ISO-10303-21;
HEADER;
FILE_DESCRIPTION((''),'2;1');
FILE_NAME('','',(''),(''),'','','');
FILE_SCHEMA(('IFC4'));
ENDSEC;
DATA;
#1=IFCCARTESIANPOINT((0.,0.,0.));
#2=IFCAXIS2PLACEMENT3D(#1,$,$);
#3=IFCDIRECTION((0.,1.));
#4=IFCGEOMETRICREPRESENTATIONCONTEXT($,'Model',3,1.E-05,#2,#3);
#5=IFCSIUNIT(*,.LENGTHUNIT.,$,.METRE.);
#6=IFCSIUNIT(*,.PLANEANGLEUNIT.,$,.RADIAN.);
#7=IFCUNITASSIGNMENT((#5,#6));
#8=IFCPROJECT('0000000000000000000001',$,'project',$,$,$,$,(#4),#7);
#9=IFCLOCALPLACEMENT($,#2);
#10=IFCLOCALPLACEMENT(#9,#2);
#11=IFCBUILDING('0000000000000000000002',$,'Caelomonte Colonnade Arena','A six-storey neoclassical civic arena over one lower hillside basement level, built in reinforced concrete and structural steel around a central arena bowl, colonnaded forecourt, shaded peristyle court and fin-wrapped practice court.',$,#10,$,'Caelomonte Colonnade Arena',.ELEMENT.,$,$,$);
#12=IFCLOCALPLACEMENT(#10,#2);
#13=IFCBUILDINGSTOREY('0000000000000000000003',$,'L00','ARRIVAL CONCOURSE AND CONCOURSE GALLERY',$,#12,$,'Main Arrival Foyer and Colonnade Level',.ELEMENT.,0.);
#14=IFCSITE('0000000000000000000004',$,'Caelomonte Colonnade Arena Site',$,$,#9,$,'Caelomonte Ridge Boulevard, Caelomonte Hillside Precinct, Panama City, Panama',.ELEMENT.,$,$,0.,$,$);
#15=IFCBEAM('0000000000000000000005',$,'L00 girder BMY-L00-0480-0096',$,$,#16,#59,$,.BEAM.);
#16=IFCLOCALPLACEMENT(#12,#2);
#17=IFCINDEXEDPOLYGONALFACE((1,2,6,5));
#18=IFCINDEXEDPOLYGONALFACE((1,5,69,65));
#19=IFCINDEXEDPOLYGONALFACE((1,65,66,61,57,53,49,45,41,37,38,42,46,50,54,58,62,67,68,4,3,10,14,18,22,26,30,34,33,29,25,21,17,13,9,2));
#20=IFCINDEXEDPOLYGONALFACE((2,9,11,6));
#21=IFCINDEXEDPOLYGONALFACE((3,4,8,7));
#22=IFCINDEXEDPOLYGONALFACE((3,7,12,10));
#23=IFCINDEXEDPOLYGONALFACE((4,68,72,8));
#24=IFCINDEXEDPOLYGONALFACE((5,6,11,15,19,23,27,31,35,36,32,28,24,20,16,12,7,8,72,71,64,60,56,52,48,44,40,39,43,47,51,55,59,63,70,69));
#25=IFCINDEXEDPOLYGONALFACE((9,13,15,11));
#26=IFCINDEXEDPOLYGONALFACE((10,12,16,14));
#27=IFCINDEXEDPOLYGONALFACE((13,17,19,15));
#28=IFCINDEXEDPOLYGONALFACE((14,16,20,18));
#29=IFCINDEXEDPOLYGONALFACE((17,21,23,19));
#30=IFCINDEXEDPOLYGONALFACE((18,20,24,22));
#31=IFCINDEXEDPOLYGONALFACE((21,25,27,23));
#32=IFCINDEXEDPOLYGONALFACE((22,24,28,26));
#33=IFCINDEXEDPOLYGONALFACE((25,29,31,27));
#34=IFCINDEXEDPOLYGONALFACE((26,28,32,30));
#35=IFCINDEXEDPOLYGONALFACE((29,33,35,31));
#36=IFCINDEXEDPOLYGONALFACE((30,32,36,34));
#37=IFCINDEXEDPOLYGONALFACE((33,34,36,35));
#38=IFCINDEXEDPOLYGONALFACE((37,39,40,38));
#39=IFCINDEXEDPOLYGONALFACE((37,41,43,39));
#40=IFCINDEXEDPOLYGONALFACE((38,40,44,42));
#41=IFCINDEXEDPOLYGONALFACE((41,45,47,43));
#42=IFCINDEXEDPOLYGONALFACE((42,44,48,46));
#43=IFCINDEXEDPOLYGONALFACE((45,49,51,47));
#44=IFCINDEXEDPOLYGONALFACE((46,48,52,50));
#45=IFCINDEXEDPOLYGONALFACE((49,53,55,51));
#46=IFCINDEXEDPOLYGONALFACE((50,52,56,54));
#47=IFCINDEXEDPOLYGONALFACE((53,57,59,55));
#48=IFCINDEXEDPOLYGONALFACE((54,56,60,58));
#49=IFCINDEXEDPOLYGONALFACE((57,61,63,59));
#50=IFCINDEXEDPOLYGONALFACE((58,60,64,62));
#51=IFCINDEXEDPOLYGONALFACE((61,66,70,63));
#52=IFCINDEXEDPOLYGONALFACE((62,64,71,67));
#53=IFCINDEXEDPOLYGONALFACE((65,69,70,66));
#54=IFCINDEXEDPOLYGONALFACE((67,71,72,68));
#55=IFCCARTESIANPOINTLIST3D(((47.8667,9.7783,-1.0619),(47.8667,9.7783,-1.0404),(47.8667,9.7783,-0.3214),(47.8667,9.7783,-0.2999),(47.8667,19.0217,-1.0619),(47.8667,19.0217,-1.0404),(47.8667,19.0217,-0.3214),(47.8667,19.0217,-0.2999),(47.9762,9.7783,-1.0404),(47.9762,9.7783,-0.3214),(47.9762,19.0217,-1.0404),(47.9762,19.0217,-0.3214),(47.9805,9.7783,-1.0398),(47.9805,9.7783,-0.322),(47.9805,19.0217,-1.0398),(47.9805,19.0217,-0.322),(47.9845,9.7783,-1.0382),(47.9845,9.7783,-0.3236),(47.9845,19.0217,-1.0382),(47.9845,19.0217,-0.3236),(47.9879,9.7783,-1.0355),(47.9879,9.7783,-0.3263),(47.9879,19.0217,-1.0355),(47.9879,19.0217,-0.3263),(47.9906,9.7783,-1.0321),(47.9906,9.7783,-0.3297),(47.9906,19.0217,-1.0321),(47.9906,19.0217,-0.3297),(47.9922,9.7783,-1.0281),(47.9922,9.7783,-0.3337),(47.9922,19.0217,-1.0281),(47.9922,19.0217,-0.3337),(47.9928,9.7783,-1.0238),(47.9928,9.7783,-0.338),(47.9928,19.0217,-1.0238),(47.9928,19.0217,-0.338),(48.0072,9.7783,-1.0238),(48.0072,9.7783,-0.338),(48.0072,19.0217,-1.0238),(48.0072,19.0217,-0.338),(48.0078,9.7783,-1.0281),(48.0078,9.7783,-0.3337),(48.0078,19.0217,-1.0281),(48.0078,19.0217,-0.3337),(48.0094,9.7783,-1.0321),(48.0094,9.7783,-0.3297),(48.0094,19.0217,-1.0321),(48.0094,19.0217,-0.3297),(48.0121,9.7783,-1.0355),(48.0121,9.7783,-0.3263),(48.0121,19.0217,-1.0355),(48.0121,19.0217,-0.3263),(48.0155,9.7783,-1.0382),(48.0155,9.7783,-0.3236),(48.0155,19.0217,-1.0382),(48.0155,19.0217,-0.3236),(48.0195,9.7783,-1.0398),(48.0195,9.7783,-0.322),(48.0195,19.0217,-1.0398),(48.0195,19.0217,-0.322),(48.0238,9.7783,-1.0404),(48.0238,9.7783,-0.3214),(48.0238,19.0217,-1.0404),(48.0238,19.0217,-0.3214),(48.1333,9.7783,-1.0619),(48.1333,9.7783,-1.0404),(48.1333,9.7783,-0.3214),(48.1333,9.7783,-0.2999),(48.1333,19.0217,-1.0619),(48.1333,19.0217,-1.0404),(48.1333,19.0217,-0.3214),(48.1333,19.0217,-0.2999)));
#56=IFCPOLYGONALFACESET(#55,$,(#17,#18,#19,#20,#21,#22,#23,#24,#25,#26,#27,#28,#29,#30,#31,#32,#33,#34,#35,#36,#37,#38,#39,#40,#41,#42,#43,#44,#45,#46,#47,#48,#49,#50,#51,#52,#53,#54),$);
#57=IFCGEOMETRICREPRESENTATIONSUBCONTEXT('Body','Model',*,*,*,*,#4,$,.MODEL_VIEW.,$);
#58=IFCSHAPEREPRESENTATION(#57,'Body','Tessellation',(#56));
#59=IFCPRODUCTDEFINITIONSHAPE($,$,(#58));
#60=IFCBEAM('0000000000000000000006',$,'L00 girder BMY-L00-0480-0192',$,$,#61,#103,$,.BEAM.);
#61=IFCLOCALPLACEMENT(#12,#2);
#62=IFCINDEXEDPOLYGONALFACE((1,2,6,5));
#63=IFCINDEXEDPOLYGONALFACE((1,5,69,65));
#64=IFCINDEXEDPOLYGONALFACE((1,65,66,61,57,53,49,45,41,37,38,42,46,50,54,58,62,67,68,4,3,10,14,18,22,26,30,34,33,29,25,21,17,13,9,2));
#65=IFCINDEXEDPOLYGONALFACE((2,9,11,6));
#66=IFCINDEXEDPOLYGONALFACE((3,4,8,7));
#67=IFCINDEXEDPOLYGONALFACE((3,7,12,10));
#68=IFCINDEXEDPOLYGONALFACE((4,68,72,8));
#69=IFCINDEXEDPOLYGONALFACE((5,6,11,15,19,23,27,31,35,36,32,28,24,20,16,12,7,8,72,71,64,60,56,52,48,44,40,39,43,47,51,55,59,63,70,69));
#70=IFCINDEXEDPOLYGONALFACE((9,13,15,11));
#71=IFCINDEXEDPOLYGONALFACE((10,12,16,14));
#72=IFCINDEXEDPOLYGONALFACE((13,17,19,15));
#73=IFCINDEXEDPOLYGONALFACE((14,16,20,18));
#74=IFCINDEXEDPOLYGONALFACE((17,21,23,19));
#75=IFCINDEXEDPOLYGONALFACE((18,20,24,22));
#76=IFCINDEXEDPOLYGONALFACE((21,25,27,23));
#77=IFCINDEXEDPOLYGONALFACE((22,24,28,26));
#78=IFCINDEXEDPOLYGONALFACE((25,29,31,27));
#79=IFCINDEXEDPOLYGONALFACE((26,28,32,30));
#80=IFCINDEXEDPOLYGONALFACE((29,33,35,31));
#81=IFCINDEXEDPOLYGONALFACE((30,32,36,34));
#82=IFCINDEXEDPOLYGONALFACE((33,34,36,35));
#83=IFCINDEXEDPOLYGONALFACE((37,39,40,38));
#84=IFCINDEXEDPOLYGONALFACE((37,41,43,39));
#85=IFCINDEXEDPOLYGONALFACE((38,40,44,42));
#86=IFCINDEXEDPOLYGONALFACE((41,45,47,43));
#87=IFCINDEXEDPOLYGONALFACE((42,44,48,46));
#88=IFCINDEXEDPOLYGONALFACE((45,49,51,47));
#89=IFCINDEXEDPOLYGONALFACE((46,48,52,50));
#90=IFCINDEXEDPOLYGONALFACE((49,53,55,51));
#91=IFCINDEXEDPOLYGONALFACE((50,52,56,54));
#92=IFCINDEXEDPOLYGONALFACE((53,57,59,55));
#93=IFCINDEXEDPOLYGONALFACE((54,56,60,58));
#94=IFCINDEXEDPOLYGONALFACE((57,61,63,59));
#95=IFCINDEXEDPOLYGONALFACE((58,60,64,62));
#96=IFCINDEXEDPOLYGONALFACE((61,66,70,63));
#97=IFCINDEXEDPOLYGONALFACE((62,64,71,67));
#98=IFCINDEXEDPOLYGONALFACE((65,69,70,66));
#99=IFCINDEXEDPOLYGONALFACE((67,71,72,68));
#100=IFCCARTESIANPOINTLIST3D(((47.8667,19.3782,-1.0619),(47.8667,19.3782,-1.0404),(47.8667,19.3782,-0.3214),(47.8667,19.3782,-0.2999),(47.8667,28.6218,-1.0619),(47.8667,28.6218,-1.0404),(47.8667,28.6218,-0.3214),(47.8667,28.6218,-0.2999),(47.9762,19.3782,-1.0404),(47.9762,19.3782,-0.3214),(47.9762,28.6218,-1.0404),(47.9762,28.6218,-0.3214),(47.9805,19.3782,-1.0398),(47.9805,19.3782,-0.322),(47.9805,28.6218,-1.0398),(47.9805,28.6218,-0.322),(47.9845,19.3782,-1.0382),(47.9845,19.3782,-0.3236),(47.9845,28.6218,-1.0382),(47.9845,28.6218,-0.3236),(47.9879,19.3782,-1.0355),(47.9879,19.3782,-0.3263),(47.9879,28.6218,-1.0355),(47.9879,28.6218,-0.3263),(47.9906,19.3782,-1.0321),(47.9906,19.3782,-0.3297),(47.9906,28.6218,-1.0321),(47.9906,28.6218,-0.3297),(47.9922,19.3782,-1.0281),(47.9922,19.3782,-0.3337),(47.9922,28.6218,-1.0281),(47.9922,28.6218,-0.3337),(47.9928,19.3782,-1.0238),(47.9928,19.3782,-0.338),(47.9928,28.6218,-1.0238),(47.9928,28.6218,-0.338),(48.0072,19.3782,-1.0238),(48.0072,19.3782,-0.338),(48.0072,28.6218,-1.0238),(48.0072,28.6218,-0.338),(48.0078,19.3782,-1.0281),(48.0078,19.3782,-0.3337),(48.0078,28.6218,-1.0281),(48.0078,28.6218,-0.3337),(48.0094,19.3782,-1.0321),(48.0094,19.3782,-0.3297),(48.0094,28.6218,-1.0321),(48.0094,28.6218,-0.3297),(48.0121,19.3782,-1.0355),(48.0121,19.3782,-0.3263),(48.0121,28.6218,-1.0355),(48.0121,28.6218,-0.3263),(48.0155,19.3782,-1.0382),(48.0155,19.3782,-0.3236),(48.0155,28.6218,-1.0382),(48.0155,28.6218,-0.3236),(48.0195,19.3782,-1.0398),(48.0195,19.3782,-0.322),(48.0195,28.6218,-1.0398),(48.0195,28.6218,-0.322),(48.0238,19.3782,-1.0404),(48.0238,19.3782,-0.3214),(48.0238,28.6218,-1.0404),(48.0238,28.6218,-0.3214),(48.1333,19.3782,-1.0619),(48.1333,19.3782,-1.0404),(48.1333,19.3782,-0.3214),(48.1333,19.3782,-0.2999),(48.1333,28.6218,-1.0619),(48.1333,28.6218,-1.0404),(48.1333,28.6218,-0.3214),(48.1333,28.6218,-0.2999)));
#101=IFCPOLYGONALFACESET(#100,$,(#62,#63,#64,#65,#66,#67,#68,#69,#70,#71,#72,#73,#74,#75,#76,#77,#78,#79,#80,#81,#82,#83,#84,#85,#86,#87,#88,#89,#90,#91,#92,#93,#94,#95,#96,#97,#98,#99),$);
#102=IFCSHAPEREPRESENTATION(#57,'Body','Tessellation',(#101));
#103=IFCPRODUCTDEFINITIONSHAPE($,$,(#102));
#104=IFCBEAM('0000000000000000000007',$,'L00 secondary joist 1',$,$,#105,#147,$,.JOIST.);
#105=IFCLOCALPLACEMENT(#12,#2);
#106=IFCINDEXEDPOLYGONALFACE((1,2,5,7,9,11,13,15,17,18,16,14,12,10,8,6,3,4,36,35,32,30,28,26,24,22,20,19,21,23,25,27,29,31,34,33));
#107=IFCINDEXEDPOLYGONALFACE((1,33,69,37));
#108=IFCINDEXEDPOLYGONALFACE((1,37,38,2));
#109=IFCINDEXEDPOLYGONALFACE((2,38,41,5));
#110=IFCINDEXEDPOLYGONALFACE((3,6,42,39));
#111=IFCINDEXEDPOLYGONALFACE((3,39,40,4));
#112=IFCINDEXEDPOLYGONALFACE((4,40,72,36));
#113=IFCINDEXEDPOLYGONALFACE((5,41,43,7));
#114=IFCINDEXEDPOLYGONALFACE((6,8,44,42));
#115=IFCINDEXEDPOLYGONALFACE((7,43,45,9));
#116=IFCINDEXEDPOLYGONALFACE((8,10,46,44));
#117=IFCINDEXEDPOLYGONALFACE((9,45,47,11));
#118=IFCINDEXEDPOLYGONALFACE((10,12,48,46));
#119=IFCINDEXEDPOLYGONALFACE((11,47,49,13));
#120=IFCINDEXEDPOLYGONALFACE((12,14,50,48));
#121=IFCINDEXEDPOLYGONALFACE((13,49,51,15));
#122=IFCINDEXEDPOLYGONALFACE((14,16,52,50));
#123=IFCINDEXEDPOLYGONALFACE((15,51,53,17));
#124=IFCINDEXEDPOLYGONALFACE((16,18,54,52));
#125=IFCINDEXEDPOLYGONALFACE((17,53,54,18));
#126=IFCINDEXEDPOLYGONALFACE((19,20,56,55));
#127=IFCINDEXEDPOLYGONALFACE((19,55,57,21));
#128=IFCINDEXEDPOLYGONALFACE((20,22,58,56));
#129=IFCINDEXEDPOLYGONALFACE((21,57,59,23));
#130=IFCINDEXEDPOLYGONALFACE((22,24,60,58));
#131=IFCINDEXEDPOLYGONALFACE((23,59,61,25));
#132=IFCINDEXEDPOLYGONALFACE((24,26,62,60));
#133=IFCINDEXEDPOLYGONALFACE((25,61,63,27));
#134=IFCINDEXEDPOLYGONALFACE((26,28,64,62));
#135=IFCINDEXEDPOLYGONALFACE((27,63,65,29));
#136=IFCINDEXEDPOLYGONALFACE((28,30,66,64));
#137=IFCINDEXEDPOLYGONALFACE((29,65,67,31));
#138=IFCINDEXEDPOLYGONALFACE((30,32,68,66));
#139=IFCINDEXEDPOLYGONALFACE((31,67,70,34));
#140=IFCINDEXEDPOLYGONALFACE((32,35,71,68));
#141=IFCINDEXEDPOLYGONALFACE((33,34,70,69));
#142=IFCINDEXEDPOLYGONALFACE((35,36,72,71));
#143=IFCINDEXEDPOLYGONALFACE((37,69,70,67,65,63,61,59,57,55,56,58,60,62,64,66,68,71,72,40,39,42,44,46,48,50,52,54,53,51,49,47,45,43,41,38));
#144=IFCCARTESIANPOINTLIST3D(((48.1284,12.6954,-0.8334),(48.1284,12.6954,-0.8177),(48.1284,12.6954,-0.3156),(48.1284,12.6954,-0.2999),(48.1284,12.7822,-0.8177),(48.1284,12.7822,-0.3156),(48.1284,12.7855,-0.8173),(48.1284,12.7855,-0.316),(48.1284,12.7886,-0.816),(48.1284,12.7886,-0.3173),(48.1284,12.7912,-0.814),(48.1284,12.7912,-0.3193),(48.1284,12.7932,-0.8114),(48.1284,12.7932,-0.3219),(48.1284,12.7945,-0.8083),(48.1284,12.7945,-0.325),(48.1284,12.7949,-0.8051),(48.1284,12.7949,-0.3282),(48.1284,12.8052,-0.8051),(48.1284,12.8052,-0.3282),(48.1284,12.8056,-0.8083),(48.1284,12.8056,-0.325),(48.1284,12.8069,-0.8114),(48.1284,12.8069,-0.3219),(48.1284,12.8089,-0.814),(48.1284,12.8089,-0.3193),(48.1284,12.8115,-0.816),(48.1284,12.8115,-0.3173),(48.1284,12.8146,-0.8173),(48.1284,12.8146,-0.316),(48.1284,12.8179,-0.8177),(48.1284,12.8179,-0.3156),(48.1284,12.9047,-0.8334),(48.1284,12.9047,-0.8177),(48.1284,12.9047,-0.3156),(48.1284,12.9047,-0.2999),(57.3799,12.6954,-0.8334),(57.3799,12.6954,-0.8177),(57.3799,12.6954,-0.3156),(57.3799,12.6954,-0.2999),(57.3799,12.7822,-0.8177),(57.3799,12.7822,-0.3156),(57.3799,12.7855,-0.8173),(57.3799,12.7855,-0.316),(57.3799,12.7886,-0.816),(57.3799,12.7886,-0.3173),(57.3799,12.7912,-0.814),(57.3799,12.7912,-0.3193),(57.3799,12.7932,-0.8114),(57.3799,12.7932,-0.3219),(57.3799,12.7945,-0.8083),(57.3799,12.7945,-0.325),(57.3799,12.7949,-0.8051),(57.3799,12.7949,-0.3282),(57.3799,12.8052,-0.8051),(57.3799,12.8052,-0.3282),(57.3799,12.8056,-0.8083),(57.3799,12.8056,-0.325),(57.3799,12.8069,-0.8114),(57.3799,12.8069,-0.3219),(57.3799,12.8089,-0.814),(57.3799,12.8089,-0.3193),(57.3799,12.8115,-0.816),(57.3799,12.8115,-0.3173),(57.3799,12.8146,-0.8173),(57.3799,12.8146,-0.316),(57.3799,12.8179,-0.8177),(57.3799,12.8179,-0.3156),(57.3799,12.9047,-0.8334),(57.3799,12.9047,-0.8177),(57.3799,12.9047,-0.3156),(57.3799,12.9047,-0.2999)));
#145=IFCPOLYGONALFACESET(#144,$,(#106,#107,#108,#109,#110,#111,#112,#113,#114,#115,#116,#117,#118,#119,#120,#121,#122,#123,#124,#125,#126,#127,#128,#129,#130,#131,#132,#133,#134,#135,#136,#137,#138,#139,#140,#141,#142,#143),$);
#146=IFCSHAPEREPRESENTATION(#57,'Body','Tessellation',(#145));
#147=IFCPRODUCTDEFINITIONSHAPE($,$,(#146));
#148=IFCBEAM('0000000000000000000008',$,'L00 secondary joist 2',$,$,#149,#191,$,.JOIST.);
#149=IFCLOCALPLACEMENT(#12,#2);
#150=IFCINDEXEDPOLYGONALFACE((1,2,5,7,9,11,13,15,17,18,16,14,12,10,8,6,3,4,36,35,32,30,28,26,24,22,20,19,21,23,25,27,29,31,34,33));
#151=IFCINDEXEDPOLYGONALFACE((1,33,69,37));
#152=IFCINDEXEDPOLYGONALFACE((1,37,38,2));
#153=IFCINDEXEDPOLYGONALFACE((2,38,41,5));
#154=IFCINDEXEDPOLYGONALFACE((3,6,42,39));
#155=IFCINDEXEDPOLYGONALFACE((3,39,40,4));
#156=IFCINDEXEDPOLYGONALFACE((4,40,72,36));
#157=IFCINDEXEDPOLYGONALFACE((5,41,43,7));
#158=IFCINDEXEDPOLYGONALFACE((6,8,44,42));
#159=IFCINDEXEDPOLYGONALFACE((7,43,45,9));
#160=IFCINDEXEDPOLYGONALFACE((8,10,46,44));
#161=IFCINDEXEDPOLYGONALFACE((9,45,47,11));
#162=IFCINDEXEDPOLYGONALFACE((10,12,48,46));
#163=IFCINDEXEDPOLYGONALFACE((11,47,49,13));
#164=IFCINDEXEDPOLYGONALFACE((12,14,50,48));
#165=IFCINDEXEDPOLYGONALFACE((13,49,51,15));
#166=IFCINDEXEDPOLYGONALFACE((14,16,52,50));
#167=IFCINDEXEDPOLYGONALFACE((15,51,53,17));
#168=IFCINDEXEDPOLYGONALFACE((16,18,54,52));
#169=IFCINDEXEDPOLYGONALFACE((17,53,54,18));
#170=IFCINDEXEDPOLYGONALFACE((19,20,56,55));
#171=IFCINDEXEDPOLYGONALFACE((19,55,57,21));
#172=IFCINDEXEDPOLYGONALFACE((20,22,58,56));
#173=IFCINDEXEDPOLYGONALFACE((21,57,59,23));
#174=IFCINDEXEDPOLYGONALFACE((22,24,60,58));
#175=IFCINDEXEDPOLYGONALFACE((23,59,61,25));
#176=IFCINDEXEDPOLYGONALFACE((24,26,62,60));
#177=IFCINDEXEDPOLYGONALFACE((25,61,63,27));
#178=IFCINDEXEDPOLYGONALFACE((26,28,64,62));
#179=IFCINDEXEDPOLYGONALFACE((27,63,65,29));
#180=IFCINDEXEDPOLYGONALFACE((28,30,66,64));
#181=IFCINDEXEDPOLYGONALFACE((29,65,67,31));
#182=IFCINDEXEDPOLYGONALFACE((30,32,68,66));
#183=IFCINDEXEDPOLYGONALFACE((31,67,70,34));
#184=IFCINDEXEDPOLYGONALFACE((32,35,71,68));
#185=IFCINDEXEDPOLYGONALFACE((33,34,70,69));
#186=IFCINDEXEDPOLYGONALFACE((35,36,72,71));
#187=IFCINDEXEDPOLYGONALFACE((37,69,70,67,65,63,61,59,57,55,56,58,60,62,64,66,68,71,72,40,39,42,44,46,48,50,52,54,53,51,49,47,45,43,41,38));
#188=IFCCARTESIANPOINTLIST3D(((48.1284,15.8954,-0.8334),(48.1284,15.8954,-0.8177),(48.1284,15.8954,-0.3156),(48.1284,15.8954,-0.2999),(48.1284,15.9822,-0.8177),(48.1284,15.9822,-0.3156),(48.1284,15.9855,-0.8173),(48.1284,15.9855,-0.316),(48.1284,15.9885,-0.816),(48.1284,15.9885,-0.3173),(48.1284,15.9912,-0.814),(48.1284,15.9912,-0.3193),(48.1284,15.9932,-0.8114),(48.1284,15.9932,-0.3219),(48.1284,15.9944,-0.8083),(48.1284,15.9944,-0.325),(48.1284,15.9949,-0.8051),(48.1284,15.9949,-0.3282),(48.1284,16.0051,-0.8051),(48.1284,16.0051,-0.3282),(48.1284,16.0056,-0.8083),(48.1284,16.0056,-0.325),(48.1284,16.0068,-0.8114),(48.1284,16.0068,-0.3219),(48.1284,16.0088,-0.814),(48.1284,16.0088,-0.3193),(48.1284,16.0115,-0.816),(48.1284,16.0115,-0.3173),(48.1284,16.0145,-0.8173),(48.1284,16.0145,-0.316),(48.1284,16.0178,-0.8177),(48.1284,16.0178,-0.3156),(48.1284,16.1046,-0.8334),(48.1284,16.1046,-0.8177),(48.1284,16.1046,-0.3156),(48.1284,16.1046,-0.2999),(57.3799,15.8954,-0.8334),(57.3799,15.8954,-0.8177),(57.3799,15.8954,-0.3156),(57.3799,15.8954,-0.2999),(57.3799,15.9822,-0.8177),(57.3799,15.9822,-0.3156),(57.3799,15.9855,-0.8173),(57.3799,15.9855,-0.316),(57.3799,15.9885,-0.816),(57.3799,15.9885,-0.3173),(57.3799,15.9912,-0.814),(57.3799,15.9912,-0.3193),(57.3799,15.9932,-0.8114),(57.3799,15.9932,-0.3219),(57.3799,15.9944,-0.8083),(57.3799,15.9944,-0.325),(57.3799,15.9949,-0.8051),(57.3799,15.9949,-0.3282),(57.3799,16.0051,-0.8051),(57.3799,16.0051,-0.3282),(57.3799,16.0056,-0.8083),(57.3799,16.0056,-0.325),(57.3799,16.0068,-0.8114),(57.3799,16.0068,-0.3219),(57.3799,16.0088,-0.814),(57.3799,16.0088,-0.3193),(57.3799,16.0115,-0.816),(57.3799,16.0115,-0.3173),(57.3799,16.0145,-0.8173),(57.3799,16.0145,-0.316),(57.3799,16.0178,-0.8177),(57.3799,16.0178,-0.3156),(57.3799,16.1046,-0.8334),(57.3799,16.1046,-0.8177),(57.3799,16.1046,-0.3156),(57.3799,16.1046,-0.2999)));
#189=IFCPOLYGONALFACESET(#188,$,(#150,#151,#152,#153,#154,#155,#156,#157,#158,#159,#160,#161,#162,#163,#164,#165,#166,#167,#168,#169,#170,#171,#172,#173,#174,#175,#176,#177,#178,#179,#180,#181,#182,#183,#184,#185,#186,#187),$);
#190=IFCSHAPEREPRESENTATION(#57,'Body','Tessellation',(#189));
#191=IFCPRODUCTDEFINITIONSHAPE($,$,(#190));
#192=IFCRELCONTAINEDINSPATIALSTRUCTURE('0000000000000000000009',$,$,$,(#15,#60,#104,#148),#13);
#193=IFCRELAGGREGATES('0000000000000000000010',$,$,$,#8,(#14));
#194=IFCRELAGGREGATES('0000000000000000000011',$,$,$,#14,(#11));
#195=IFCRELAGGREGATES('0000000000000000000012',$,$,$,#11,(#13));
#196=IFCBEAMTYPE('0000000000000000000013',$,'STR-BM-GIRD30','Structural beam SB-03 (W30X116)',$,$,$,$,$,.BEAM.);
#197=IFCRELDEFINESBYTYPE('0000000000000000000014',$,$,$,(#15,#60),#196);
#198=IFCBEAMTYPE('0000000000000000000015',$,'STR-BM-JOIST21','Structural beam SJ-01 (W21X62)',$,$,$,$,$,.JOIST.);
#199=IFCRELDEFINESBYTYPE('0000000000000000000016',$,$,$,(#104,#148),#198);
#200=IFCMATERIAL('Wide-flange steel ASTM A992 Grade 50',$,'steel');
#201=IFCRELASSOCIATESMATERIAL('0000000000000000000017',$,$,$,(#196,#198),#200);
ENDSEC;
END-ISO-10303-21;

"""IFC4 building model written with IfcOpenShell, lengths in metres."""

from ifc_helpers import new_model, si_unit, direction, frame, origin, origin_2d, place, context, subcontext, project, spatial, i_section, extrude, material, material_profile, profile_set, type_object, element, save


model = new_model("IFC4")

# Units and contexts
model_context = context("Model", 3, precision=1e-05, world=origin(), true_north=direction((0.0, 1.0)))
body_context = subcontext(model_context, "Body", "Model", "MODEL_VIEW")
ifc_project = project(units=[si_unit("LENGTHUNIT", "METRE"), si_unit("PLANEANGLEUNIT", "RADIAN")], contexts=[model_context])

# Site, building, storey
site_placement = place(None, origin())
site = spatial("IfcSite", under=ifc_project, at=site_placement, Name="Caelomonte Colonnade Arena Site", LongName="Caelomonte Ridge Boulevard, Caelomonte Hillside Precinct, Panama City, Panama", CompositionType="ELEMENT", RefElevation=0.0)
building_placement = place(site_placement, origin())
building = spatial("IfcBuilding", under=site, at=building_placement, Name="Caelomonte Colonnade Arena", Description="A six-storey neoclassical civic arena over one lower hillside basement level, built in reinforced concrete and structural steel around a central arena bowl, colonnaded forecourt, shaded peristyle court and fin-wrapped practice court.", LongName="Caelomonte Colonnade Arena", CompositionType="ELEMENT")
storey_placement = place(building_placement, origin())
storey = spatial("IfcBuildingStorey", under=building, at=storey_placement, Name="L00", Description="ARRIVAL CONCOURSE AND CONCOURSE GALLERY", LongName="Main Arrival Foyer and Colonnade Level", CompositionType="ELEMENT", Elevation=0.0)

# Shared definitions
ifc_material_1 = material(Name="Wide-flange steel ASTM A992 Grade 50", Category="steel")

# Beams
ifc_material_profile_1 = material_profile(ifc_material_1, i_section(OverallWidth=0.2666, OverallDepth=0.762, WebThickness=0.0144, FlangeThickness=0.0215, FilletRadius=0.0166, at=origin_2d()), Name="W30X116")
ifc_profile_set_1 = profile_set([ifc_material_profile_1], Name="Wide-flange steel ASTM A992 Grade 50")
beam_type_1 = type_object("IfcBeamType", Name="STR-BM-GIRD30", Description="Structural beam SB-03 (W30X116)", PredefinedType="BEAM", material=ifc_profile_set_1)
beam_1_placement = place(storey_placement, frame((48.0, 9.7783, -0.6809), z_axis=(0.0, 1.0, 0.0), x_axis=(-1.0, 0.0, 0.0)))
element("IfcBeam", 1, at=beam_1_placement, inside=storey, type_object=beam_type_1, Name="L00 girder BMY-L00-0480-0096", PredefinedType="BEAM", context=body_context, shape_type="SweptSolid", body=[
    extrude(i_section(OverallWidth=0.2666, OverallDepth=0.762, WebThickness=0.0144, FlangeThickness=0.0215, FilletRadius=0.0166, at=origin_2d()), origin(), (0.0, 0.0, 1.0), 9.2434),
])
beam_2_placement = place(storey_placement, frame((48.0, 19.3782, -0.6809), z_axis=(0.0, 1.0, 0.0), x_axis=(-1.0, 0.0, 0.0)))
element("IfcBeam", 2, at=beam_2_placement, inside=storey, type_object=beam_type_1, Name="L00 girder BMY-L00-0480-0192", PredefinedType="BEAM", context=body_context, shape_type="SweptSolid", body=[
    extrude(i_section(OverallWidth=0.2666, OverallDepth=0.762, WebThickness=0.0144, FlangeThickness=0.0215, FilletRadius=0.0166, at=origin_2d()), origin(), (0.0, 0.0, 1.0), 9.2437),
])
ifc_material_profile_2 = material_profile(ifc_material_1, i_section(OverallWidth=0.2092, OverallDepth=0.5334, WebThickness=0.0103, FlangeThickness=0.0156, FilletRadius=0.0127, at=origin_2d()), Name="W21X62")
ifc_profile_set_2 = profile_set([ifc_material_profile_2], Name="Wide-flange steel ASTM A992 Grade 50")
beam_type_2 = type_object("IfcBeamType", Name="STR-BM-JOIST21", Description="Structural beam SJ-01 (W21X62)", PredefinedType="JOIST", material=ifc_profile_set_2)
for number, where, z_axis, x_axis, name in (
    (3, (48.1284, 12.8, -0.5667), (1.0, 0.0, 0.0), (0.0, 1.0, 0.0), "L00 secondary joist 1"),
    (4, (48.1284, 16.0, -0.5667), (1.0, 0.0, 0.0), (0.0, 1.0, 0.0), "L00 secondary joist 2"),
):
    element("IfcBeam", number, at=place(storey_placement, frame(where, z_axis=z_axis, x_axis=x_axis)), inside=storey, type_object=beam_type_2, Name=name, PredefinedType="JOIST", context=body_context, shape_type="SweptSolid", body=[
        extrude(i_section(OverallWidth=0.2092, OverallDepth=0.5334, WebThickness=0.0103, FlangeThickness=0.0156, FilletRadius=0.0127, at=origin_2d()), origin(), (0.0, 0.0, 1.0), 9.2515),
    ])

save(model, "model.ifc")
